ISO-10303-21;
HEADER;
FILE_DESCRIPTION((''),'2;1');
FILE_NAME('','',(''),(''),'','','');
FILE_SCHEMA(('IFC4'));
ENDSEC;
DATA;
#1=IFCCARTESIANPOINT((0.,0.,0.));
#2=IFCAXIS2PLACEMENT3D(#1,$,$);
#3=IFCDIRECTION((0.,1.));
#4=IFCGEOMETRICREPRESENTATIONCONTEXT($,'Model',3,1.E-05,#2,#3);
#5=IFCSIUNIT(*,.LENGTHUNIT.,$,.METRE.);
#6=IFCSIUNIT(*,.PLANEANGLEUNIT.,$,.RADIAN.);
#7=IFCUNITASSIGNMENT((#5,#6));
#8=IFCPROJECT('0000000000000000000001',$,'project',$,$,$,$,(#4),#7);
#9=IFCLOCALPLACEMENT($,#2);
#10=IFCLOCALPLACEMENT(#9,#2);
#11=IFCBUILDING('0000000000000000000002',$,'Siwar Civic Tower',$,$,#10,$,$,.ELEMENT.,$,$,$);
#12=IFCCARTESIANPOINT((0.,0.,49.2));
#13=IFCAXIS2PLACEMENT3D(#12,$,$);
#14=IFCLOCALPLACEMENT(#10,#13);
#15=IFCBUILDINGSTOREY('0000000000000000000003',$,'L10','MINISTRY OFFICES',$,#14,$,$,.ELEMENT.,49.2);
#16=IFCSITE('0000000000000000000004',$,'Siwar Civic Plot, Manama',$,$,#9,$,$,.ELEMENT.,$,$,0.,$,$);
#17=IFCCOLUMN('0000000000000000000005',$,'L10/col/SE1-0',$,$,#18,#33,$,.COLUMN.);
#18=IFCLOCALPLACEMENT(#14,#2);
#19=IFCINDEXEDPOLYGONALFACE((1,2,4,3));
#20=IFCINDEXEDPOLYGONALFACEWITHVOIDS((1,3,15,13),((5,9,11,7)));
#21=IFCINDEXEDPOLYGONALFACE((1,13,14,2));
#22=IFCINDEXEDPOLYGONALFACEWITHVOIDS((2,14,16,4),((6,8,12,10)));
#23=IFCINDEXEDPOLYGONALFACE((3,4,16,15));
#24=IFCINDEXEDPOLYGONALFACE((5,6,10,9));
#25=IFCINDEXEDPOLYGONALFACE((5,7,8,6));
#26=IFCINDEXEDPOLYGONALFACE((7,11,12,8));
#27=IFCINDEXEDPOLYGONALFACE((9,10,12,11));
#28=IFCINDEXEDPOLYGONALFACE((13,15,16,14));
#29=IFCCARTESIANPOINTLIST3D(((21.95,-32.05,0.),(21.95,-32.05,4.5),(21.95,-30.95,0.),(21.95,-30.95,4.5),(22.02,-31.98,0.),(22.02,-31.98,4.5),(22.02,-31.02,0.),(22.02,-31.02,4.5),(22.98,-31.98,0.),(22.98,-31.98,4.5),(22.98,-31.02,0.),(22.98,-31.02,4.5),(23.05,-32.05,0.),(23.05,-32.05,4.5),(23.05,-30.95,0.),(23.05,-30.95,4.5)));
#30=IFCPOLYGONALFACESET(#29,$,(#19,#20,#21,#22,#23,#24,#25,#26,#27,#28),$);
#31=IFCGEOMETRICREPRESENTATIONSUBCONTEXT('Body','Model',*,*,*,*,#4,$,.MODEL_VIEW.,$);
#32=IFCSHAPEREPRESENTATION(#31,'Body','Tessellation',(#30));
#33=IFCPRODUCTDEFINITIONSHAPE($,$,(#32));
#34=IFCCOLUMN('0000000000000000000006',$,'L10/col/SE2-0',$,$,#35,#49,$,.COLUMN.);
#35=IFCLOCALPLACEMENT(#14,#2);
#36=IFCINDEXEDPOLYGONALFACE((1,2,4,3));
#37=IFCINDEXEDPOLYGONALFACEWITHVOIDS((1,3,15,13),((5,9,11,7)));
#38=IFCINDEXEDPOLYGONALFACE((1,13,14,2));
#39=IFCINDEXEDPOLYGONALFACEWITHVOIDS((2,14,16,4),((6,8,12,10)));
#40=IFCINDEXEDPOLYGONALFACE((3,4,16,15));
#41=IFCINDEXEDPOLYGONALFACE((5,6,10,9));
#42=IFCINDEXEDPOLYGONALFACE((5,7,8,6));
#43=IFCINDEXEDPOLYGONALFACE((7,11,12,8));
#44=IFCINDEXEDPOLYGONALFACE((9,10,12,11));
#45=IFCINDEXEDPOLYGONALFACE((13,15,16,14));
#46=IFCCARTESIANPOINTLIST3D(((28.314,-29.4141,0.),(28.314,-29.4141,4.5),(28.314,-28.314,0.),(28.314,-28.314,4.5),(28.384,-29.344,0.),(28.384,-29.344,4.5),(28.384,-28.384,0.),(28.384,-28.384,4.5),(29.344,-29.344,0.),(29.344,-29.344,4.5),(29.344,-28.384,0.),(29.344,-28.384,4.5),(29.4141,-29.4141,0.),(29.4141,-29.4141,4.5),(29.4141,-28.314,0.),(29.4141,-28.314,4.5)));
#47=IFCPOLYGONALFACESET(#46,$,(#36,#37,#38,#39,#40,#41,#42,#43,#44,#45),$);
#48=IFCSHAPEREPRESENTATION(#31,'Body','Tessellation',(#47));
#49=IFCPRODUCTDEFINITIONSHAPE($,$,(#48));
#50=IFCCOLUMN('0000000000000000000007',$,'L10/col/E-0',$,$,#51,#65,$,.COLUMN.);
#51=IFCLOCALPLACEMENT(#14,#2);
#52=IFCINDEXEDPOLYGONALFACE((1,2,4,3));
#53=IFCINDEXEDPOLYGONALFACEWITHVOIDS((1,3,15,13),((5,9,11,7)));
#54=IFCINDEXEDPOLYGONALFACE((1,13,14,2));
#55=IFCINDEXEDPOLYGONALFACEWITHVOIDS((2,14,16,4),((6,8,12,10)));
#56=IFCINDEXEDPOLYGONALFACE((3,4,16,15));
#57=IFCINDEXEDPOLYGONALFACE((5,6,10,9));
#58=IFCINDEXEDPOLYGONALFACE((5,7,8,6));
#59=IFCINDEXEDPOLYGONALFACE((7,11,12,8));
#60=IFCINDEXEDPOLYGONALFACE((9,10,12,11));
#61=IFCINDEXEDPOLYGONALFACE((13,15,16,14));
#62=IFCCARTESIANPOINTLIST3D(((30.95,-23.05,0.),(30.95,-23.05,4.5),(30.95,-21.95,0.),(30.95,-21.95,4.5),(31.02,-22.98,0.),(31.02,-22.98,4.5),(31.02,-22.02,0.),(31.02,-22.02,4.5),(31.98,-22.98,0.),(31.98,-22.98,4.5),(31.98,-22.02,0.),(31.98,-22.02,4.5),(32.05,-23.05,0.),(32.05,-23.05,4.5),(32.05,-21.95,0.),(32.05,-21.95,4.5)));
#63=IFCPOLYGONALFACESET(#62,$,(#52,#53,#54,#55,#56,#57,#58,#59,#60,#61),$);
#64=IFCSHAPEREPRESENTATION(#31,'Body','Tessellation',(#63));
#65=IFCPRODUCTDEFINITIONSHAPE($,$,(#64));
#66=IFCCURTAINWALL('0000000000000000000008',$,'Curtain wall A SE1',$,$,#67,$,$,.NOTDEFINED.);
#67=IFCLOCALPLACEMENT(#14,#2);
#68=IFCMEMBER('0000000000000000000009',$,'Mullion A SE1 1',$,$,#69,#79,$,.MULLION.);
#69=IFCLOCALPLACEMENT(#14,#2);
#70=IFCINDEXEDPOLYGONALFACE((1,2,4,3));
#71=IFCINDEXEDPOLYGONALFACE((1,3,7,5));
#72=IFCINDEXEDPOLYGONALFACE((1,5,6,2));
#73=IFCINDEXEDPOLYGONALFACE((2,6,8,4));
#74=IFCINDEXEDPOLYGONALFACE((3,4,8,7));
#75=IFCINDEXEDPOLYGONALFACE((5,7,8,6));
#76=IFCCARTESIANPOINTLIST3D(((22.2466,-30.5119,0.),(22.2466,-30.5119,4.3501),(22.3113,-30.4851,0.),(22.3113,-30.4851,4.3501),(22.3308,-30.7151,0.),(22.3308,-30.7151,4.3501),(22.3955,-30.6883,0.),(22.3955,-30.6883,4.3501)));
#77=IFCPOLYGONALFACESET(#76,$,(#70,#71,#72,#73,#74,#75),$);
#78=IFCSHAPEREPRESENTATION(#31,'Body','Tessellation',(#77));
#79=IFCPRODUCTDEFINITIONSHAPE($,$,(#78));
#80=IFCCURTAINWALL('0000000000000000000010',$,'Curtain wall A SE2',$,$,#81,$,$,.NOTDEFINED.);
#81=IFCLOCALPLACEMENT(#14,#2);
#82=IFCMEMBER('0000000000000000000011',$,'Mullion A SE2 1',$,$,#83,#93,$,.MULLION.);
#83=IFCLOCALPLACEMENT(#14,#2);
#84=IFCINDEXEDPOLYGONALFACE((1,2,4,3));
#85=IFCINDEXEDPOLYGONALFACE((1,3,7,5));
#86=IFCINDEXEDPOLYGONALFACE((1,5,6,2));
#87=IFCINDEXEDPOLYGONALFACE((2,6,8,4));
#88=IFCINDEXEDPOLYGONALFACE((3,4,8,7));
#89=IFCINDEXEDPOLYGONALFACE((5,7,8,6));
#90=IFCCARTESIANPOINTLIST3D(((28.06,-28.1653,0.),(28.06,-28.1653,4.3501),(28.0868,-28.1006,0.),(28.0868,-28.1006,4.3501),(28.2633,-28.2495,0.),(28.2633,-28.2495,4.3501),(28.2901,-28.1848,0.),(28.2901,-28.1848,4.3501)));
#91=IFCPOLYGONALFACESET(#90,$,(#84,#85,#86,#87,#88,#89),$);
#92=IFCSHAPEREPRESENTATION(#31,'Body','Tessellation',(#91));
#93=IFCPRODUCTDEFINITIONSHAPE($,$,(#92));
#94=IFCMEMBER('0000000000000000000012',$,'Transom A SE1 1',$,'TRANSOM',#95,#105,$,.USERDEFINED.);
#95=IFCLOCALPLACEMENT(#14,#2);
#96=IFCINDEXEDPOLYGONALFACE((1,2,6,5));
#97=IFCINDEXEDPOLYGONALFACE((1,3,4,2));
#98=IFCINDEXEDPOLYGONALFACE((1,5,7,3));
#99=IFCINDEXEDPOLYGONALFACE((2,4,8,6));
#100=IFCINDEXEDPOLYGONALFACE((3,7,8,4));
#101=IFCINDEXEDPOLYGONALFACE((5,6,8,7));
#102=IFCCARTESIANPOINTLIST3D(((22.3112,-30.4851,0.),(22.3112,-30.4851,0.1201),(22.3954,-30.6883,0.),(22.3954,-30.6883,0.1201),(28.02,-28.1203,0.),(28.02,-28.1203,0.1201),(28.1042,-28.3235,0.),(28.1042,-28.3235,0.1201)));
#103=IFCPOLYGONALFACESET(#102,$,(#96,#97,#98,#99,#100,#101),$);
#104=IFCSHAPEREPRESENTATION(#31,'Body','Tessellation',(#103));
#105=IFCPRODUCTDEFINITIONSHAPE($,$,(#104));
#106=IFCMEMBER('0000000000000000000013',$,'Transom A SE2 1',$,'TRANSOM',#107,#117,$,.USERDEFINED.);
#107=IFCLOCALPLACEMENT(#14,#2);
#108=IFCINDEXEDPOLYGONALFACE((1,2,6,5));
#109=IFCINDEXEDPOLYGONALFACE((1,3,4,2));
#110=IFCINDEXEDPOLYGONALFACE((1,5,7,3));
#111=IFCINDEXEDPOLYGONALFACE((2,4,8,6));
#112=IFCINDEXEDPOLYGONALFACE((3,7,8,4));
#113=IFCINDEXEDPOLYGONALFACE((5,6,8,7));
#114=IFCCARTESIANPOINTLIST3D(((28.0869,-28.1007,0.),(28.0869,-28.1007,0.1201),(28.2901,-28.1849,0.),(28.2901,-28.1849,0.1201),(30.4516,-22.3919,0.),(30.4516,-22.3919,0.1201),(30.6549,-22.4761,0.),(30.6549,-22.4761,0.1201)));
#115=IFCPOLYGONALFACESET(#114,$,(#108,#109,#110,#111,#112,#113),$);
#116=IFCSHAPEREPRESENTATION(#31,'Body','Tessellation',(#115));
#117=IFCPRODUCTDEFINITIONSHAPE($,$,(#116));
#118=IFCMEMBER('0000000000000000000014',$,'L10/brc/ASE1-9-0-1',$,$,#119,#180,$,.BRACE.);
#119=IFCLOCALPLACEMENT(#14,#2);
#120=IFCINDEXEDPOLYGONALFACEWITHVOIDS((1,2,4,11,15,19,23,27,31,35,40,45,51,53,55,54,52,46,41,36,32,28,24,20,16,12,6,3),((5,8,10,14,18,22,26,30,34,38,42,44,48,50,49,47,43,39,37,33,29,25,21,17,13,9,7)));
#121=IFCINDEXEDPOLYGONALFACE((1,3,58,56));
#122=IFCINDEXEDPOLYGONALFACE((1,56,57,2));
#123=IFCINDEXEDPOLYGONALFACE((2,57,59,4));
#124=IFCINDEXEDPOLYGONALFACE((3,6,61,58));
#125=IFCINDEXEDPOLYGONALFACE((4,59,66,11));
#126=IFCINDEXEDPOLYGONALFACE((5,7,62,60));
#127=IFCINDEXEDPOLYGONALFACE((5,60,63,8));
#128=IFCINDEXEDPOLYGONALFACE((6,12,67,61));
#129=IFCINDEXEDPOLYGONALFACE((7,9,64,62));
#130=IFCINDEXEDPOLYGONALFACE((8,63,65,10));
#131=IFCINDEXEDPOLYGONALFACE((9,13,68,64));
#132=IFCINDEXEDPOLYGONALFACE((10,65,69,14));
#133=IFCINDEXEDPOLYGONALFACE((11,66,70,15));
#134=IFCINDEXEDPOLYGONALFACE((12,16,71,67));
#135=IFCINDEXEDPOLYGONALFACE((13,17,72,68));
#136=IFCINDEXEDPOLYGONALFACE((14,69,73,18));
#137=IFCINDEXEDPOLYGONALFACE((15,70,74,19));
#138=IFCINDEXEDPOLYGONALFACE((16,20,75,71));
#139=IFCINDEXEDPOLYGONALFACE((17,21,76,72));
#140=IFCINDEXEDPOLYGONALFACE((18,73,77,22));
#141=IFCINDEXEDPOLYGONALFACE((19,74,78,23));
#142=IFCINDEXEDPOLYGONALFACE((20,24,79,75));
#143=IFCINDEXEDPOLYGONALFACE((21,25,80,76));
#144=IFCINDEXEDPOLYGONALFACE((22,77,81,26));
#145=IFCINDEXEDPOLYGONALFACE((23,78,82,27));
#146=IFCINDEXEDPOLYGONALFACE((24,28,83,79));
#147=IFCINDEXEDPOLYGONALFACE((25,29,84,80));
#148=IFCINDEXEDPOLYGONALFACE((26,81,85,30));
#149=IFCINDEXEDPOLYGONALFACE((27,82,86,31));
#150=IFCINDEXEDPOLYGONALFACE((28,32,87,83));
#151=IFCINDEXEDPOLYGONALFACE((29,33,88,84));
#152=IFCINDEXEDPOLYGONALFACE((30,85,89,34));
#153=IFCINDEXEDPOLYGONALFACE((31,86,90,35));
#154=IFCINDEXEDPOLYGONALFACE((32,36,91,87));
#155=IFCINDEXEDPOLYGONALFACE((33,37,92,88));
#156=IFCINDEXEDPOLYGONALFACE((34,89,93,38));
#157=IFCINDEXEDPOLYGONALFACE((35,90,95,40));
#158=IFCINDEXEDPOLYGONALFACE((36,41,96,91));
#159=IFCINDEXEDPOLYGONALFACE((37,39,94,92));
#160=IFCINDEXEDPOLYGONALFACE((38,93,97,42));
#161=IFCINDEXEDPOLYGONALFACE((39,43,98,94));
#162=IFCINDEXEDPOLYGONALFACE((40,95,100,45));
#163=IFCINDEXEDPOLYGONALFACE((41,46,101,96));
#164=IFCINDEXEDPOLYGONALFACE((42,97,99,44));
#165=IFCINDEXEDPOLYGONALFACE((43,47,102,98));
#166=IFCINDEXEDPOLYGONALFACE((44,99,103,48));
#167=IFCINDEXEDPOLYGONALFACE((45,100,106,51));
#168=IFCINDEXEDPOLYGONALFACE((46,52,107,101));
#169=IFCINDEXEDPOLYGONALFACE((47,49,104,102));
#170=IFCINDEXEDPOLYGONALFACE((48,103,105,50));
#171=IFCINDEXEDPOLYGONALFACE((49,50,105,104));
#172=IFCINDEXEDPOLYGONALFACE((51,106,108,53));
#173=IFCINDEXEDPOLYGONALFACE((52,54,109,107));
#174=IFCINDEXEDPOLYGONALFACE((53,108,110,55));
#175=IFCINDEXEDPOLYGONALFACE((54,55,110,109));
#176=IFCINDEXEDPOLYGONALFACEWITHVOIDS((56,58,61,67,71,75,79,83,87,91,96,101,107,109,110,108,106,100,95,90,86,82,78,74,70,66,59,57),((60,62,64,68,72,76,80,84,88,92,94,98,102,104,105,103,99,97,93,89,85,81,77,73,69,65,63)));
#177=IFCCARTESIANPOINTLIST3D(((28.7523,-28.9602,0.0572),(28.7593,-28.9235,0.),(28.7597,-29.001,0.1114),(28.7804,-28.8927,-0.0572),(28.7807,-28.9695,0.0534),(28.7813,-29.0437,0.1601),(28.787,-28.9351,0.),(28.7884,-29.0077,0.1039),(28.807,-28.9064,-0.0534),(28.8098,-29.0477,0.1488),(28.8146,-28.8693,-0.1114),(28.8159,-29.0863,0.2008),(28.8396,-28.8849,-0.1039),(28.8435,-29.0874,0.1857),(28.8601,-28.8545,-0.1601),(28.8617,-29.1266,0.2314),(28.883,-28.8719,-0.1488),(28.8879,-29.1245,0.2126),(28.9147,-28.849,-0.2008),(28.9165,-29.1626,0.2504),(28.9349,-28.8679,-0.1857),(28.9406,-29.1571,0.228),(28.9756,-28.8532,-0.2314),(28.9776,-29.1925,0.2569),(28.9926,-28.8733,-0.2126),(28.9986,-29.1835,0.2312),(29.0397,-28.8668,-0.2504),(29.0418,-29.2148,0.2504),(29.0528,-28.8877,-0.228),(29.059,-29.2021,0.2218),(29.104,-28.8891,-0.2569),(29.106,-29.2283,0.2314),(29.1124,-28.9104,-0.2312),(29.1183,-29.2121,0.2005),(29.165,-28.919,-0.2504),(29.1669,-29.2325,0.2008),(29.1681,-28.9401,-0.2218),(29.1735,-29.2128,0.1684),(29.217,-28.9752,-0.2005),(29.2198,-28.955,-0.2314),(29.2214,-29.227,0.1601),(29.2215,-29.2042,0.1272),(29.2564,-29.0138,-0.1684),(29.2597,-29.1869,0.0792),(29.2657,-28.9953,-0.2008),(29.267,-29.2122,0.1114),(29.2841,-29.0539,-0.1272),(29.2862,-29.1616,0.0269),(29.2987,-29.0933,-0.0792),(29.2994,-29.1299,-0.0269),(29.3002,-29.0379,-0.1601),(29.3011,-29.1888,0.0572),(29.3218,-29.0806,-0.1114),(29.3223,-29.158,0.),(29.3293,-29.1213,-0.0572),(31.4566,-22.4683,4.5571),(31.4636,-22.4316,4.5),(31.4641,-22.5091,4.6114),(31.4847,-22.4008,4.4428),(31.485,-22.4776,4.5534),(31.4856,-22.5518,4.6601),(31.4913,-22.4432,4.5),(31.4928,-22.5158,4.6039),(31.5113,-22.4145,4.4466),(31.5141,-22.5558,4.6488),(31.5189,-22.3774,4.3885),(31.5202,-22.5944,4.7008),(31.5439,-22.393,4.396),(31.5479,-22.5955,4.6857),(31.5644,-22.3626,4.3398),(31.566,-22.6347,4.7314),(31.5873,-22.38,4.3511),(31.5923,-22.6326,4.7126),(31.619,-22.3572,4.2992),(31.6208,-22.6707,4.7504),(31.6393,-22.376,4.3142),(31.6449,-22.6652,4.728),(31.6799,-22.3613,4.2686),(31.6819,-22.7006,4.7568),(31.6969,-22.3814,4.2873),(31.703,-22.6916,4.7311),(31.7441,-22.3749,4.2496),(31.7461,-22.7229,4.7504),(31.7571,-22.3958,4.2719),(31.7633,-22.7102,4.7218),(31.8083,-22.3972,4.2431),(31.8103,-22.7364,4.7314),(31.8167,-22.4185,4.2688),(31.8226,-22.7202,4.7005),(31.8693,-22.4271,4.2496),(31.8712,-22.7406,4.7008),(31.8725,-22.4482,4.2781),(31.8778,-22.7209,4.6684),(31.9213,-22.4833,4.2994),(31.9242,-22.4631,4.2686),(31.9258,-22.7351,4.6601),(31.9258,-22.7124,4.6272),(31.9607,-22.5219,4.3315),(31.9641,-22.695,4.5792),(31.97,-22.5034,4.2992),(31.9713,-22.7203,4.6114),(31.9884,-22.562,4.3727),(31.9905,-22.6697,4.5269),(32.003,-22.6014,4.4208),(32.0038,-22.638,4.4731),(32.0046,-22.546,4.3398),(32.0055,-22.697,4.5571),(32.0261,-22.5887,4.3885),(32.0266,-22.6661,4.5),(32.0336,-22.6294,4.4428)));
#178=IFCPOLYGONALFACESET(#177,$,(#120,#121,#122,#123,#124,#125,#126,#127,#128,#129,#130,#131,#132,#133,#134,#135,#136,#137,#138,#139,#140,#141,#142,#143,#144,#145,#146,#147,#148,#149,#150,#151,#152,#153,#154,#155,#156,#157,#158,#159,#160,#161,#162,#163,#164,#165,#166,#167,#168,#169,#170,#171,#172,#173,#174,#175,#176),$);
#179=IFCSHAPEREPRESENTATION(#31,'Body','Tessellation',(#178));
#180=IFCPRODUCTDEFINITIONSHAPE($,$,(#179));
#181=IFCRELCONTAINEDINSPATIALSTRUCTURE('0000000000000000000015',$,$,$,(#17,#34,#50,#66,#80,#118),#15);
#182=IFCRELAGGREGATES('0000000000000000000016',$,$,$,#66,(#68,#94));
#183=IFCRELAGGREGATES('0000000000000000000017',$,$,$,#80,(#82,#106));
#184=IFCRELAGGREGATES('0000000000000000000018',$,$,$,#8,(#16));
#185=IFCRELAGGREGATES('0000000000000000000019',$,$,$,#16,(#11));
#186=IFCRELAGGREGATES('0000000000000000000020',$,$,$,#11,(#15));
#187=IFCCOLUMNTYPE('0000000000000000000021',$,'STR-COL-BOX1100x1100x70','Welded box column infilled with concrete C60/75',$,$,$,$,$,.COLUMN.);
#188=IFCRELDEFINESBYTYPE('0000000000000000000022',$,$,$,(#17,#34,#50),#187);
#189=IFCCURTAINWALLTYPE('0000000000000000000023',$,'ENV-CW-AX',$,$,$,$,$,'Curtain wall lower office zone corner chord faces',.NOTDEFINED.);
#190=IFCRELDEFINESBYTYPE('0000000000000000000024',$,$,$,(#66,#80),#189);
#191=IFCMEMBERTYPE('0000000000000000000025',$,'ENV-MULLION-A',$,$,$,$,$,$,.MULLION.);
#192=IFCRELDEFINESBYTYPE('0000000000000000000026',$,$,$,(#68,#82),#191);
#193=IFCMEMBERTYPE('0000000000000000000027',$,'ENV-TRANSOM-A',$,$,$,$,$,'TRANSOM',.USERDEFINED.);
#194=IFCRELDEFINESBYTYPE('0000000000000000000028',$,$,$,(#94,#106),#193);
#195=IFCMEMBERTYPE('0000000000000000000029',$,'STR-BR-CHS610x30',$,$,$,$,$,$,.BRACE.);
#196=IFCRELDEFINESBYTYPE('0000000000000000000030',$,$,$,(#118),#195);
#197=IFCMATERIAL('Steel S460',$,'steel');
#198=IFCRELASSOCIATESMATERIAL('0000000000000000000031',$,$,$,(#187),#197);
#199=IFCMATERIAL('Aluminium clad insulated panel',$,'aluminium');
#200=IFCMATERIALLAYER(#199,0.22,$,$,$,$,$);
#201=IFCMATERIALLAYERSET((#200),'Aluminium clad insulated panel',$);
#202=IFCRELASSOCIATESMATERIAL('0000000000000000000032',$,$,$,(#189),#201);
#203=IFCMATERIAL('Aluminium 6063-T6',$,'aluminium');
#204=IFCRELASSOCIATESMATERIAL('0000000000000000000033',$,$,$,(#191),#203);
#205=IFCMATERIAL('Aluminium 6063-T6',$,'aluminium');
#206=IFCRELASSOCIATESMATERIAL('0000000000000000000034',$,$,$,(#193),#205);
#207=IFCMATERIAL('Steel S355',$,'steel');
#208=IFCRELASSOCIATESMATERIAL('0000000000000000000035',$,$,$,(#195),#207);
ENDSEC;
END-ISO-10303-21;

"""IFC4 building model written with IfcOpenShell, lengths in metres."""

from ifc_helpers import new_model, si_unit, direction, frame, origin, origin_2d, place, context, subcontext, project, spatial, rectangle, hollow_rectangle, hollow_circle, extrude, material, layer, layer_set, material_profile, profile_set, type_object, element, aggregate, save


model = new_model("IFC4")

# Units and contexts
model_context = context("Model", 3, precision=1e-05, world=origin(), true_north=direction((0.0, 1.0)))
body_context = subcontext(model_context, "Body", "Model", "MODEL_VIEW")
ifc_project = project(units=[si_unit("LENGTHUNIT", "METRE"), si_unit("PLANEANGLEUNIT", "RADIAN")], contexts=[model_context])

# Site, building, storey
site_placement = place(None, origin())
site = spatial("IfcSite", under=ifc_project, at=site_placement, Name="Siwar Civic Plot, Manama", CompositionType="ELEMENT", RefElevation=0.0)
building_placement = place(site_placement, origin())
building = spatial("IfcBuilding", under=site, at=building_placement, Name="Siwar Civic Tower", CompositionType="ELEMENT")
storey_placement = place(building_placement, frame((0.0, 0.0, 49.2)))
storey = spatial("IfcBuildingStorey", under=building, at=storey_placement, Name="L10", Description="MINISTRY OFFICES", CompositionType="ELEMENT", Elevation=49.2)

# Columns
ifc_material_1 = material(Name="Steel S460", Category="steel")
ifc_material_profile_1 = material_profile(ifc_material_1, hollow_rectangle(XDim=1.1001, YDim=1.1001, WallThickness=0.0701, at=origin_2d()), Name="BOX1100x1100x70")
ifc_profile_set_1 = profile_set([ifc_material_profile_1], Name="Steel S460")
column_type = type_object("IfcColumnType", Name="STR-COL-BOX1100x1100x70", Description="Welded box column infilled with concrete C60/75", PredefinedType="COLUMN", material=ifc_profile_set_1)
for number, where, z_axis, x_axis, name in (
    (1, (22.5, -31.5, 0.0), (0.0, 0.0, 1.0), (1.0, 0.0, 0.0), "L10/col/SE1-0"),
    (2, (28.864, -28.864, 0.0), (0.0, 0.0, 1.0), (1.0, 0.0, 0.0), "L10/col/SE2-0"),
    (3, (31.5, -22.5, 0.0), (0.0, 0.0, 1.0), (1.0, 0.0, 0.0), "L10/col/E-0"),
):
    element("IfcColumn", number, at=place(storey_placement, frame(where, z_axis=z_axis, x_axis=x_axis)), inside=storey, type_object=column_type, Name=name, PredefinedType="COLUMN", context=body_context, shape_type="SweptSolid", body=[
        extrude(hollow_rectangle(XDim=1.1001, YDim=1.1001, WallThickness=0.0701, at=origin_2d()), origin(), (0.0, 0.0, 1.0), 4.5),
    ])

# Curtain walls, members
ifc_material_2 = material(Name="Aluminium clad insulated panel", Category="aluminium")
ifc_layer_1 = layer(ifc_material_2, 0.22)
ifc_layer_set_1 = layer_set([ifc_layer_1], Name="Aluminium clad insulated panel")
curtain_wall_type_1 = type_object("IfcCurtainWallType", Name="ENV-CW-AX", ElementType="Curtain wall lower office zone corner chord faces", PredefinedType="NOTDEFINED", material=ifc_layer_set_1)
curtain_wall_1_placement = place(storey_placement, origin())
curtain_wall_1 = element("IfcCurtainWall", 4, at=curtain_wall_1_placement, inside=storey, type_object=curtain_wall_type_1, Name="Curtain wall A SE1", PredefinedType="NOTDEFINED")
ifc_material_3 = material(Name="Aluminium 6063-T6", Category="aluminium")
ifc_material_profile_2 = material_profile(ifc_material_3, rectangle(XDim=0.22, YDim=0.0701, at=origin_2d()), Name="AL 220x70")
ifc_profile_set_2 = profile_set([ifc_material_profile_2], Name="Aluminium 6063-T6")
member_type_1 = type_object("IfcMemberType", Name="ENV-MULLION-A", PredefinedType="MULLION", material=ifc_profile_set_2)
member_1_placement = place(storey_placement, frame((22.321, -30.6001, 0.0), z_axis=(0.0, 0.0, 1.0), x_axis=(-0.382683, 0.92388, 0.0)))
member_1 = element("IfcMember", 5, at=member_1_placement, type_object=member_type_1, Name="Mullion A SE1 1", PredefinedType="MULLION", context=body_context, shape_type="SweptSolid", body=[
    extrude(rectangle(XDim=0.22, YDim=0.0701, at=origin_2d()), origin(), (0.0, 0.0, 1.0), 4.3501),
])
curtain_wall_2_placement = place(storey_placement, origin())
curtain_wall_2 = element("IfcCurtainWall", 6, at=curtain_wall_2_placement, inside=storey, type_object=curtain_wall_type_1, Name="Curtain wall A SE2", PredefinedType="NOTDEFINED")
member_2_placement = place(storey_placement, frame((28.175, -28.175, 0.0), z_axis=(0.0, 0.0, 1.0), x_axis=(-0.92388, 0.382683, 0.0)))
member_2 = element("IfcMember", 7, at=member_2_placement, type_object=member_type_1, Name="Mullion A SE2 1", PredefinedType="MULLION", context=body_context, shape_type="SweptSolid", body=[
    extrude(rectangle(XDim=0.22, YDim=0.0701, at=origin_2d()), origin(), (0.0, 0.0, 1.0), 4.3501),
])

# Members
ifc_material_4 = material(Name="Aluminium 6063-T6", Category="aluminium")
ifc_material_profile_3 = material_profile(ifc_material_4, rectangle(XDim=0.22, YDim=0.1201, at=origin_2d()), Name="AL 220x120")
ifc_profile_set_3 = profile_set([ifc_material_profile_3], Name="Aluminium 6063-T6")
member_type_2 = type_object("IfcMemberType", Name="ENV-TRANSOM-A", ElementType="TRANSOM", PredefinedType="USERDEFINED", material=ifc_profile_set_3)
member_3_placement = place(storey_placement, frame((22.3533, -30.5867, 0.0601), z_axis=(0.923873, 0.382698, 0.0), x_axis=(-0.382698, 0.923873, 0.0)))
member_3 = element("IfcMember", 8, at=member_3_placement, type_object=member_type_2, Name="Transom A SE1 1", ObjectType="TRANSOM", PredefinedType="USERDEFINED", context=body_context, shape_type="SweptSolid", body=[
    extrude(rectangle(XDim=0.22, YDim=0.1201, at=origin_2d()), origin(), (0.0, 0.0, 1.0), 6.1792),
])
member_4_placement = place(storey_placement, frame((28.1885, -28.1428, 0.0601), z_axis=(0.382698, 0.923873, 0.0), x_axis=(-0.923873, 0.382698, 0.0)))
member_4 = element("IfcMember", 9, at=member_4_placement, type_object=member_type_2, Name="Transom A SE2 1", ObjectType="TRANSOM", PredefinedType="USERDEFINED", context=body_context, shape_type="SweptSolid", body=[
    extrude(rectangle(XDim=0.22, YDim=0.1201, at=origin_2d()), origin(), (0.0, 0.0, 1.0), 6.1792),
])

# Member
ifc_material_5 = material(Name="Steel S355", Category="steel")
ifc_material_profile_4 = material_profile(ifc_material_5, hollow_circle(Radius=0.3049, WallThickness=0.03, at=origin_2d()), Name="CHS610x30")
ifc_profile_set_4 = profile_set([ifc_material_profile_4], Name="Steel S355")
member_type_3 = type_object("IfcMemberType", Name="STR-BR-CHS610x30", PredefinedType="BRACE", material=ifc_profile_set_4)
member_5_placement = place(storey_placement, frame((29.0408, -29.0408, 0.0), z_axis=(0.323906, 0.777555, 0.538975), x_axis=(-0.923109, 0.384539, 0.0)))
element("IfcMember", 10, at=member_5_placement, inside=storey, type_object=member_type_3, Name="L10/brc/ASE1-9-0-1", PredefinedType="BRACE", context=body_context, shape_type="SweptSolid", body=[
    extrude(hollow_circle(Radius=0.3049, WallThickness=0.03, at=origin_2d()), origin(), (0.0, 0.0, 1.0), 8.3491),
])

aggregate(curtain_wall_1, [member_1, member_3])
aggregate(curtain_wall_2, [member_2, member_4])

save(model, "model.ifc")
